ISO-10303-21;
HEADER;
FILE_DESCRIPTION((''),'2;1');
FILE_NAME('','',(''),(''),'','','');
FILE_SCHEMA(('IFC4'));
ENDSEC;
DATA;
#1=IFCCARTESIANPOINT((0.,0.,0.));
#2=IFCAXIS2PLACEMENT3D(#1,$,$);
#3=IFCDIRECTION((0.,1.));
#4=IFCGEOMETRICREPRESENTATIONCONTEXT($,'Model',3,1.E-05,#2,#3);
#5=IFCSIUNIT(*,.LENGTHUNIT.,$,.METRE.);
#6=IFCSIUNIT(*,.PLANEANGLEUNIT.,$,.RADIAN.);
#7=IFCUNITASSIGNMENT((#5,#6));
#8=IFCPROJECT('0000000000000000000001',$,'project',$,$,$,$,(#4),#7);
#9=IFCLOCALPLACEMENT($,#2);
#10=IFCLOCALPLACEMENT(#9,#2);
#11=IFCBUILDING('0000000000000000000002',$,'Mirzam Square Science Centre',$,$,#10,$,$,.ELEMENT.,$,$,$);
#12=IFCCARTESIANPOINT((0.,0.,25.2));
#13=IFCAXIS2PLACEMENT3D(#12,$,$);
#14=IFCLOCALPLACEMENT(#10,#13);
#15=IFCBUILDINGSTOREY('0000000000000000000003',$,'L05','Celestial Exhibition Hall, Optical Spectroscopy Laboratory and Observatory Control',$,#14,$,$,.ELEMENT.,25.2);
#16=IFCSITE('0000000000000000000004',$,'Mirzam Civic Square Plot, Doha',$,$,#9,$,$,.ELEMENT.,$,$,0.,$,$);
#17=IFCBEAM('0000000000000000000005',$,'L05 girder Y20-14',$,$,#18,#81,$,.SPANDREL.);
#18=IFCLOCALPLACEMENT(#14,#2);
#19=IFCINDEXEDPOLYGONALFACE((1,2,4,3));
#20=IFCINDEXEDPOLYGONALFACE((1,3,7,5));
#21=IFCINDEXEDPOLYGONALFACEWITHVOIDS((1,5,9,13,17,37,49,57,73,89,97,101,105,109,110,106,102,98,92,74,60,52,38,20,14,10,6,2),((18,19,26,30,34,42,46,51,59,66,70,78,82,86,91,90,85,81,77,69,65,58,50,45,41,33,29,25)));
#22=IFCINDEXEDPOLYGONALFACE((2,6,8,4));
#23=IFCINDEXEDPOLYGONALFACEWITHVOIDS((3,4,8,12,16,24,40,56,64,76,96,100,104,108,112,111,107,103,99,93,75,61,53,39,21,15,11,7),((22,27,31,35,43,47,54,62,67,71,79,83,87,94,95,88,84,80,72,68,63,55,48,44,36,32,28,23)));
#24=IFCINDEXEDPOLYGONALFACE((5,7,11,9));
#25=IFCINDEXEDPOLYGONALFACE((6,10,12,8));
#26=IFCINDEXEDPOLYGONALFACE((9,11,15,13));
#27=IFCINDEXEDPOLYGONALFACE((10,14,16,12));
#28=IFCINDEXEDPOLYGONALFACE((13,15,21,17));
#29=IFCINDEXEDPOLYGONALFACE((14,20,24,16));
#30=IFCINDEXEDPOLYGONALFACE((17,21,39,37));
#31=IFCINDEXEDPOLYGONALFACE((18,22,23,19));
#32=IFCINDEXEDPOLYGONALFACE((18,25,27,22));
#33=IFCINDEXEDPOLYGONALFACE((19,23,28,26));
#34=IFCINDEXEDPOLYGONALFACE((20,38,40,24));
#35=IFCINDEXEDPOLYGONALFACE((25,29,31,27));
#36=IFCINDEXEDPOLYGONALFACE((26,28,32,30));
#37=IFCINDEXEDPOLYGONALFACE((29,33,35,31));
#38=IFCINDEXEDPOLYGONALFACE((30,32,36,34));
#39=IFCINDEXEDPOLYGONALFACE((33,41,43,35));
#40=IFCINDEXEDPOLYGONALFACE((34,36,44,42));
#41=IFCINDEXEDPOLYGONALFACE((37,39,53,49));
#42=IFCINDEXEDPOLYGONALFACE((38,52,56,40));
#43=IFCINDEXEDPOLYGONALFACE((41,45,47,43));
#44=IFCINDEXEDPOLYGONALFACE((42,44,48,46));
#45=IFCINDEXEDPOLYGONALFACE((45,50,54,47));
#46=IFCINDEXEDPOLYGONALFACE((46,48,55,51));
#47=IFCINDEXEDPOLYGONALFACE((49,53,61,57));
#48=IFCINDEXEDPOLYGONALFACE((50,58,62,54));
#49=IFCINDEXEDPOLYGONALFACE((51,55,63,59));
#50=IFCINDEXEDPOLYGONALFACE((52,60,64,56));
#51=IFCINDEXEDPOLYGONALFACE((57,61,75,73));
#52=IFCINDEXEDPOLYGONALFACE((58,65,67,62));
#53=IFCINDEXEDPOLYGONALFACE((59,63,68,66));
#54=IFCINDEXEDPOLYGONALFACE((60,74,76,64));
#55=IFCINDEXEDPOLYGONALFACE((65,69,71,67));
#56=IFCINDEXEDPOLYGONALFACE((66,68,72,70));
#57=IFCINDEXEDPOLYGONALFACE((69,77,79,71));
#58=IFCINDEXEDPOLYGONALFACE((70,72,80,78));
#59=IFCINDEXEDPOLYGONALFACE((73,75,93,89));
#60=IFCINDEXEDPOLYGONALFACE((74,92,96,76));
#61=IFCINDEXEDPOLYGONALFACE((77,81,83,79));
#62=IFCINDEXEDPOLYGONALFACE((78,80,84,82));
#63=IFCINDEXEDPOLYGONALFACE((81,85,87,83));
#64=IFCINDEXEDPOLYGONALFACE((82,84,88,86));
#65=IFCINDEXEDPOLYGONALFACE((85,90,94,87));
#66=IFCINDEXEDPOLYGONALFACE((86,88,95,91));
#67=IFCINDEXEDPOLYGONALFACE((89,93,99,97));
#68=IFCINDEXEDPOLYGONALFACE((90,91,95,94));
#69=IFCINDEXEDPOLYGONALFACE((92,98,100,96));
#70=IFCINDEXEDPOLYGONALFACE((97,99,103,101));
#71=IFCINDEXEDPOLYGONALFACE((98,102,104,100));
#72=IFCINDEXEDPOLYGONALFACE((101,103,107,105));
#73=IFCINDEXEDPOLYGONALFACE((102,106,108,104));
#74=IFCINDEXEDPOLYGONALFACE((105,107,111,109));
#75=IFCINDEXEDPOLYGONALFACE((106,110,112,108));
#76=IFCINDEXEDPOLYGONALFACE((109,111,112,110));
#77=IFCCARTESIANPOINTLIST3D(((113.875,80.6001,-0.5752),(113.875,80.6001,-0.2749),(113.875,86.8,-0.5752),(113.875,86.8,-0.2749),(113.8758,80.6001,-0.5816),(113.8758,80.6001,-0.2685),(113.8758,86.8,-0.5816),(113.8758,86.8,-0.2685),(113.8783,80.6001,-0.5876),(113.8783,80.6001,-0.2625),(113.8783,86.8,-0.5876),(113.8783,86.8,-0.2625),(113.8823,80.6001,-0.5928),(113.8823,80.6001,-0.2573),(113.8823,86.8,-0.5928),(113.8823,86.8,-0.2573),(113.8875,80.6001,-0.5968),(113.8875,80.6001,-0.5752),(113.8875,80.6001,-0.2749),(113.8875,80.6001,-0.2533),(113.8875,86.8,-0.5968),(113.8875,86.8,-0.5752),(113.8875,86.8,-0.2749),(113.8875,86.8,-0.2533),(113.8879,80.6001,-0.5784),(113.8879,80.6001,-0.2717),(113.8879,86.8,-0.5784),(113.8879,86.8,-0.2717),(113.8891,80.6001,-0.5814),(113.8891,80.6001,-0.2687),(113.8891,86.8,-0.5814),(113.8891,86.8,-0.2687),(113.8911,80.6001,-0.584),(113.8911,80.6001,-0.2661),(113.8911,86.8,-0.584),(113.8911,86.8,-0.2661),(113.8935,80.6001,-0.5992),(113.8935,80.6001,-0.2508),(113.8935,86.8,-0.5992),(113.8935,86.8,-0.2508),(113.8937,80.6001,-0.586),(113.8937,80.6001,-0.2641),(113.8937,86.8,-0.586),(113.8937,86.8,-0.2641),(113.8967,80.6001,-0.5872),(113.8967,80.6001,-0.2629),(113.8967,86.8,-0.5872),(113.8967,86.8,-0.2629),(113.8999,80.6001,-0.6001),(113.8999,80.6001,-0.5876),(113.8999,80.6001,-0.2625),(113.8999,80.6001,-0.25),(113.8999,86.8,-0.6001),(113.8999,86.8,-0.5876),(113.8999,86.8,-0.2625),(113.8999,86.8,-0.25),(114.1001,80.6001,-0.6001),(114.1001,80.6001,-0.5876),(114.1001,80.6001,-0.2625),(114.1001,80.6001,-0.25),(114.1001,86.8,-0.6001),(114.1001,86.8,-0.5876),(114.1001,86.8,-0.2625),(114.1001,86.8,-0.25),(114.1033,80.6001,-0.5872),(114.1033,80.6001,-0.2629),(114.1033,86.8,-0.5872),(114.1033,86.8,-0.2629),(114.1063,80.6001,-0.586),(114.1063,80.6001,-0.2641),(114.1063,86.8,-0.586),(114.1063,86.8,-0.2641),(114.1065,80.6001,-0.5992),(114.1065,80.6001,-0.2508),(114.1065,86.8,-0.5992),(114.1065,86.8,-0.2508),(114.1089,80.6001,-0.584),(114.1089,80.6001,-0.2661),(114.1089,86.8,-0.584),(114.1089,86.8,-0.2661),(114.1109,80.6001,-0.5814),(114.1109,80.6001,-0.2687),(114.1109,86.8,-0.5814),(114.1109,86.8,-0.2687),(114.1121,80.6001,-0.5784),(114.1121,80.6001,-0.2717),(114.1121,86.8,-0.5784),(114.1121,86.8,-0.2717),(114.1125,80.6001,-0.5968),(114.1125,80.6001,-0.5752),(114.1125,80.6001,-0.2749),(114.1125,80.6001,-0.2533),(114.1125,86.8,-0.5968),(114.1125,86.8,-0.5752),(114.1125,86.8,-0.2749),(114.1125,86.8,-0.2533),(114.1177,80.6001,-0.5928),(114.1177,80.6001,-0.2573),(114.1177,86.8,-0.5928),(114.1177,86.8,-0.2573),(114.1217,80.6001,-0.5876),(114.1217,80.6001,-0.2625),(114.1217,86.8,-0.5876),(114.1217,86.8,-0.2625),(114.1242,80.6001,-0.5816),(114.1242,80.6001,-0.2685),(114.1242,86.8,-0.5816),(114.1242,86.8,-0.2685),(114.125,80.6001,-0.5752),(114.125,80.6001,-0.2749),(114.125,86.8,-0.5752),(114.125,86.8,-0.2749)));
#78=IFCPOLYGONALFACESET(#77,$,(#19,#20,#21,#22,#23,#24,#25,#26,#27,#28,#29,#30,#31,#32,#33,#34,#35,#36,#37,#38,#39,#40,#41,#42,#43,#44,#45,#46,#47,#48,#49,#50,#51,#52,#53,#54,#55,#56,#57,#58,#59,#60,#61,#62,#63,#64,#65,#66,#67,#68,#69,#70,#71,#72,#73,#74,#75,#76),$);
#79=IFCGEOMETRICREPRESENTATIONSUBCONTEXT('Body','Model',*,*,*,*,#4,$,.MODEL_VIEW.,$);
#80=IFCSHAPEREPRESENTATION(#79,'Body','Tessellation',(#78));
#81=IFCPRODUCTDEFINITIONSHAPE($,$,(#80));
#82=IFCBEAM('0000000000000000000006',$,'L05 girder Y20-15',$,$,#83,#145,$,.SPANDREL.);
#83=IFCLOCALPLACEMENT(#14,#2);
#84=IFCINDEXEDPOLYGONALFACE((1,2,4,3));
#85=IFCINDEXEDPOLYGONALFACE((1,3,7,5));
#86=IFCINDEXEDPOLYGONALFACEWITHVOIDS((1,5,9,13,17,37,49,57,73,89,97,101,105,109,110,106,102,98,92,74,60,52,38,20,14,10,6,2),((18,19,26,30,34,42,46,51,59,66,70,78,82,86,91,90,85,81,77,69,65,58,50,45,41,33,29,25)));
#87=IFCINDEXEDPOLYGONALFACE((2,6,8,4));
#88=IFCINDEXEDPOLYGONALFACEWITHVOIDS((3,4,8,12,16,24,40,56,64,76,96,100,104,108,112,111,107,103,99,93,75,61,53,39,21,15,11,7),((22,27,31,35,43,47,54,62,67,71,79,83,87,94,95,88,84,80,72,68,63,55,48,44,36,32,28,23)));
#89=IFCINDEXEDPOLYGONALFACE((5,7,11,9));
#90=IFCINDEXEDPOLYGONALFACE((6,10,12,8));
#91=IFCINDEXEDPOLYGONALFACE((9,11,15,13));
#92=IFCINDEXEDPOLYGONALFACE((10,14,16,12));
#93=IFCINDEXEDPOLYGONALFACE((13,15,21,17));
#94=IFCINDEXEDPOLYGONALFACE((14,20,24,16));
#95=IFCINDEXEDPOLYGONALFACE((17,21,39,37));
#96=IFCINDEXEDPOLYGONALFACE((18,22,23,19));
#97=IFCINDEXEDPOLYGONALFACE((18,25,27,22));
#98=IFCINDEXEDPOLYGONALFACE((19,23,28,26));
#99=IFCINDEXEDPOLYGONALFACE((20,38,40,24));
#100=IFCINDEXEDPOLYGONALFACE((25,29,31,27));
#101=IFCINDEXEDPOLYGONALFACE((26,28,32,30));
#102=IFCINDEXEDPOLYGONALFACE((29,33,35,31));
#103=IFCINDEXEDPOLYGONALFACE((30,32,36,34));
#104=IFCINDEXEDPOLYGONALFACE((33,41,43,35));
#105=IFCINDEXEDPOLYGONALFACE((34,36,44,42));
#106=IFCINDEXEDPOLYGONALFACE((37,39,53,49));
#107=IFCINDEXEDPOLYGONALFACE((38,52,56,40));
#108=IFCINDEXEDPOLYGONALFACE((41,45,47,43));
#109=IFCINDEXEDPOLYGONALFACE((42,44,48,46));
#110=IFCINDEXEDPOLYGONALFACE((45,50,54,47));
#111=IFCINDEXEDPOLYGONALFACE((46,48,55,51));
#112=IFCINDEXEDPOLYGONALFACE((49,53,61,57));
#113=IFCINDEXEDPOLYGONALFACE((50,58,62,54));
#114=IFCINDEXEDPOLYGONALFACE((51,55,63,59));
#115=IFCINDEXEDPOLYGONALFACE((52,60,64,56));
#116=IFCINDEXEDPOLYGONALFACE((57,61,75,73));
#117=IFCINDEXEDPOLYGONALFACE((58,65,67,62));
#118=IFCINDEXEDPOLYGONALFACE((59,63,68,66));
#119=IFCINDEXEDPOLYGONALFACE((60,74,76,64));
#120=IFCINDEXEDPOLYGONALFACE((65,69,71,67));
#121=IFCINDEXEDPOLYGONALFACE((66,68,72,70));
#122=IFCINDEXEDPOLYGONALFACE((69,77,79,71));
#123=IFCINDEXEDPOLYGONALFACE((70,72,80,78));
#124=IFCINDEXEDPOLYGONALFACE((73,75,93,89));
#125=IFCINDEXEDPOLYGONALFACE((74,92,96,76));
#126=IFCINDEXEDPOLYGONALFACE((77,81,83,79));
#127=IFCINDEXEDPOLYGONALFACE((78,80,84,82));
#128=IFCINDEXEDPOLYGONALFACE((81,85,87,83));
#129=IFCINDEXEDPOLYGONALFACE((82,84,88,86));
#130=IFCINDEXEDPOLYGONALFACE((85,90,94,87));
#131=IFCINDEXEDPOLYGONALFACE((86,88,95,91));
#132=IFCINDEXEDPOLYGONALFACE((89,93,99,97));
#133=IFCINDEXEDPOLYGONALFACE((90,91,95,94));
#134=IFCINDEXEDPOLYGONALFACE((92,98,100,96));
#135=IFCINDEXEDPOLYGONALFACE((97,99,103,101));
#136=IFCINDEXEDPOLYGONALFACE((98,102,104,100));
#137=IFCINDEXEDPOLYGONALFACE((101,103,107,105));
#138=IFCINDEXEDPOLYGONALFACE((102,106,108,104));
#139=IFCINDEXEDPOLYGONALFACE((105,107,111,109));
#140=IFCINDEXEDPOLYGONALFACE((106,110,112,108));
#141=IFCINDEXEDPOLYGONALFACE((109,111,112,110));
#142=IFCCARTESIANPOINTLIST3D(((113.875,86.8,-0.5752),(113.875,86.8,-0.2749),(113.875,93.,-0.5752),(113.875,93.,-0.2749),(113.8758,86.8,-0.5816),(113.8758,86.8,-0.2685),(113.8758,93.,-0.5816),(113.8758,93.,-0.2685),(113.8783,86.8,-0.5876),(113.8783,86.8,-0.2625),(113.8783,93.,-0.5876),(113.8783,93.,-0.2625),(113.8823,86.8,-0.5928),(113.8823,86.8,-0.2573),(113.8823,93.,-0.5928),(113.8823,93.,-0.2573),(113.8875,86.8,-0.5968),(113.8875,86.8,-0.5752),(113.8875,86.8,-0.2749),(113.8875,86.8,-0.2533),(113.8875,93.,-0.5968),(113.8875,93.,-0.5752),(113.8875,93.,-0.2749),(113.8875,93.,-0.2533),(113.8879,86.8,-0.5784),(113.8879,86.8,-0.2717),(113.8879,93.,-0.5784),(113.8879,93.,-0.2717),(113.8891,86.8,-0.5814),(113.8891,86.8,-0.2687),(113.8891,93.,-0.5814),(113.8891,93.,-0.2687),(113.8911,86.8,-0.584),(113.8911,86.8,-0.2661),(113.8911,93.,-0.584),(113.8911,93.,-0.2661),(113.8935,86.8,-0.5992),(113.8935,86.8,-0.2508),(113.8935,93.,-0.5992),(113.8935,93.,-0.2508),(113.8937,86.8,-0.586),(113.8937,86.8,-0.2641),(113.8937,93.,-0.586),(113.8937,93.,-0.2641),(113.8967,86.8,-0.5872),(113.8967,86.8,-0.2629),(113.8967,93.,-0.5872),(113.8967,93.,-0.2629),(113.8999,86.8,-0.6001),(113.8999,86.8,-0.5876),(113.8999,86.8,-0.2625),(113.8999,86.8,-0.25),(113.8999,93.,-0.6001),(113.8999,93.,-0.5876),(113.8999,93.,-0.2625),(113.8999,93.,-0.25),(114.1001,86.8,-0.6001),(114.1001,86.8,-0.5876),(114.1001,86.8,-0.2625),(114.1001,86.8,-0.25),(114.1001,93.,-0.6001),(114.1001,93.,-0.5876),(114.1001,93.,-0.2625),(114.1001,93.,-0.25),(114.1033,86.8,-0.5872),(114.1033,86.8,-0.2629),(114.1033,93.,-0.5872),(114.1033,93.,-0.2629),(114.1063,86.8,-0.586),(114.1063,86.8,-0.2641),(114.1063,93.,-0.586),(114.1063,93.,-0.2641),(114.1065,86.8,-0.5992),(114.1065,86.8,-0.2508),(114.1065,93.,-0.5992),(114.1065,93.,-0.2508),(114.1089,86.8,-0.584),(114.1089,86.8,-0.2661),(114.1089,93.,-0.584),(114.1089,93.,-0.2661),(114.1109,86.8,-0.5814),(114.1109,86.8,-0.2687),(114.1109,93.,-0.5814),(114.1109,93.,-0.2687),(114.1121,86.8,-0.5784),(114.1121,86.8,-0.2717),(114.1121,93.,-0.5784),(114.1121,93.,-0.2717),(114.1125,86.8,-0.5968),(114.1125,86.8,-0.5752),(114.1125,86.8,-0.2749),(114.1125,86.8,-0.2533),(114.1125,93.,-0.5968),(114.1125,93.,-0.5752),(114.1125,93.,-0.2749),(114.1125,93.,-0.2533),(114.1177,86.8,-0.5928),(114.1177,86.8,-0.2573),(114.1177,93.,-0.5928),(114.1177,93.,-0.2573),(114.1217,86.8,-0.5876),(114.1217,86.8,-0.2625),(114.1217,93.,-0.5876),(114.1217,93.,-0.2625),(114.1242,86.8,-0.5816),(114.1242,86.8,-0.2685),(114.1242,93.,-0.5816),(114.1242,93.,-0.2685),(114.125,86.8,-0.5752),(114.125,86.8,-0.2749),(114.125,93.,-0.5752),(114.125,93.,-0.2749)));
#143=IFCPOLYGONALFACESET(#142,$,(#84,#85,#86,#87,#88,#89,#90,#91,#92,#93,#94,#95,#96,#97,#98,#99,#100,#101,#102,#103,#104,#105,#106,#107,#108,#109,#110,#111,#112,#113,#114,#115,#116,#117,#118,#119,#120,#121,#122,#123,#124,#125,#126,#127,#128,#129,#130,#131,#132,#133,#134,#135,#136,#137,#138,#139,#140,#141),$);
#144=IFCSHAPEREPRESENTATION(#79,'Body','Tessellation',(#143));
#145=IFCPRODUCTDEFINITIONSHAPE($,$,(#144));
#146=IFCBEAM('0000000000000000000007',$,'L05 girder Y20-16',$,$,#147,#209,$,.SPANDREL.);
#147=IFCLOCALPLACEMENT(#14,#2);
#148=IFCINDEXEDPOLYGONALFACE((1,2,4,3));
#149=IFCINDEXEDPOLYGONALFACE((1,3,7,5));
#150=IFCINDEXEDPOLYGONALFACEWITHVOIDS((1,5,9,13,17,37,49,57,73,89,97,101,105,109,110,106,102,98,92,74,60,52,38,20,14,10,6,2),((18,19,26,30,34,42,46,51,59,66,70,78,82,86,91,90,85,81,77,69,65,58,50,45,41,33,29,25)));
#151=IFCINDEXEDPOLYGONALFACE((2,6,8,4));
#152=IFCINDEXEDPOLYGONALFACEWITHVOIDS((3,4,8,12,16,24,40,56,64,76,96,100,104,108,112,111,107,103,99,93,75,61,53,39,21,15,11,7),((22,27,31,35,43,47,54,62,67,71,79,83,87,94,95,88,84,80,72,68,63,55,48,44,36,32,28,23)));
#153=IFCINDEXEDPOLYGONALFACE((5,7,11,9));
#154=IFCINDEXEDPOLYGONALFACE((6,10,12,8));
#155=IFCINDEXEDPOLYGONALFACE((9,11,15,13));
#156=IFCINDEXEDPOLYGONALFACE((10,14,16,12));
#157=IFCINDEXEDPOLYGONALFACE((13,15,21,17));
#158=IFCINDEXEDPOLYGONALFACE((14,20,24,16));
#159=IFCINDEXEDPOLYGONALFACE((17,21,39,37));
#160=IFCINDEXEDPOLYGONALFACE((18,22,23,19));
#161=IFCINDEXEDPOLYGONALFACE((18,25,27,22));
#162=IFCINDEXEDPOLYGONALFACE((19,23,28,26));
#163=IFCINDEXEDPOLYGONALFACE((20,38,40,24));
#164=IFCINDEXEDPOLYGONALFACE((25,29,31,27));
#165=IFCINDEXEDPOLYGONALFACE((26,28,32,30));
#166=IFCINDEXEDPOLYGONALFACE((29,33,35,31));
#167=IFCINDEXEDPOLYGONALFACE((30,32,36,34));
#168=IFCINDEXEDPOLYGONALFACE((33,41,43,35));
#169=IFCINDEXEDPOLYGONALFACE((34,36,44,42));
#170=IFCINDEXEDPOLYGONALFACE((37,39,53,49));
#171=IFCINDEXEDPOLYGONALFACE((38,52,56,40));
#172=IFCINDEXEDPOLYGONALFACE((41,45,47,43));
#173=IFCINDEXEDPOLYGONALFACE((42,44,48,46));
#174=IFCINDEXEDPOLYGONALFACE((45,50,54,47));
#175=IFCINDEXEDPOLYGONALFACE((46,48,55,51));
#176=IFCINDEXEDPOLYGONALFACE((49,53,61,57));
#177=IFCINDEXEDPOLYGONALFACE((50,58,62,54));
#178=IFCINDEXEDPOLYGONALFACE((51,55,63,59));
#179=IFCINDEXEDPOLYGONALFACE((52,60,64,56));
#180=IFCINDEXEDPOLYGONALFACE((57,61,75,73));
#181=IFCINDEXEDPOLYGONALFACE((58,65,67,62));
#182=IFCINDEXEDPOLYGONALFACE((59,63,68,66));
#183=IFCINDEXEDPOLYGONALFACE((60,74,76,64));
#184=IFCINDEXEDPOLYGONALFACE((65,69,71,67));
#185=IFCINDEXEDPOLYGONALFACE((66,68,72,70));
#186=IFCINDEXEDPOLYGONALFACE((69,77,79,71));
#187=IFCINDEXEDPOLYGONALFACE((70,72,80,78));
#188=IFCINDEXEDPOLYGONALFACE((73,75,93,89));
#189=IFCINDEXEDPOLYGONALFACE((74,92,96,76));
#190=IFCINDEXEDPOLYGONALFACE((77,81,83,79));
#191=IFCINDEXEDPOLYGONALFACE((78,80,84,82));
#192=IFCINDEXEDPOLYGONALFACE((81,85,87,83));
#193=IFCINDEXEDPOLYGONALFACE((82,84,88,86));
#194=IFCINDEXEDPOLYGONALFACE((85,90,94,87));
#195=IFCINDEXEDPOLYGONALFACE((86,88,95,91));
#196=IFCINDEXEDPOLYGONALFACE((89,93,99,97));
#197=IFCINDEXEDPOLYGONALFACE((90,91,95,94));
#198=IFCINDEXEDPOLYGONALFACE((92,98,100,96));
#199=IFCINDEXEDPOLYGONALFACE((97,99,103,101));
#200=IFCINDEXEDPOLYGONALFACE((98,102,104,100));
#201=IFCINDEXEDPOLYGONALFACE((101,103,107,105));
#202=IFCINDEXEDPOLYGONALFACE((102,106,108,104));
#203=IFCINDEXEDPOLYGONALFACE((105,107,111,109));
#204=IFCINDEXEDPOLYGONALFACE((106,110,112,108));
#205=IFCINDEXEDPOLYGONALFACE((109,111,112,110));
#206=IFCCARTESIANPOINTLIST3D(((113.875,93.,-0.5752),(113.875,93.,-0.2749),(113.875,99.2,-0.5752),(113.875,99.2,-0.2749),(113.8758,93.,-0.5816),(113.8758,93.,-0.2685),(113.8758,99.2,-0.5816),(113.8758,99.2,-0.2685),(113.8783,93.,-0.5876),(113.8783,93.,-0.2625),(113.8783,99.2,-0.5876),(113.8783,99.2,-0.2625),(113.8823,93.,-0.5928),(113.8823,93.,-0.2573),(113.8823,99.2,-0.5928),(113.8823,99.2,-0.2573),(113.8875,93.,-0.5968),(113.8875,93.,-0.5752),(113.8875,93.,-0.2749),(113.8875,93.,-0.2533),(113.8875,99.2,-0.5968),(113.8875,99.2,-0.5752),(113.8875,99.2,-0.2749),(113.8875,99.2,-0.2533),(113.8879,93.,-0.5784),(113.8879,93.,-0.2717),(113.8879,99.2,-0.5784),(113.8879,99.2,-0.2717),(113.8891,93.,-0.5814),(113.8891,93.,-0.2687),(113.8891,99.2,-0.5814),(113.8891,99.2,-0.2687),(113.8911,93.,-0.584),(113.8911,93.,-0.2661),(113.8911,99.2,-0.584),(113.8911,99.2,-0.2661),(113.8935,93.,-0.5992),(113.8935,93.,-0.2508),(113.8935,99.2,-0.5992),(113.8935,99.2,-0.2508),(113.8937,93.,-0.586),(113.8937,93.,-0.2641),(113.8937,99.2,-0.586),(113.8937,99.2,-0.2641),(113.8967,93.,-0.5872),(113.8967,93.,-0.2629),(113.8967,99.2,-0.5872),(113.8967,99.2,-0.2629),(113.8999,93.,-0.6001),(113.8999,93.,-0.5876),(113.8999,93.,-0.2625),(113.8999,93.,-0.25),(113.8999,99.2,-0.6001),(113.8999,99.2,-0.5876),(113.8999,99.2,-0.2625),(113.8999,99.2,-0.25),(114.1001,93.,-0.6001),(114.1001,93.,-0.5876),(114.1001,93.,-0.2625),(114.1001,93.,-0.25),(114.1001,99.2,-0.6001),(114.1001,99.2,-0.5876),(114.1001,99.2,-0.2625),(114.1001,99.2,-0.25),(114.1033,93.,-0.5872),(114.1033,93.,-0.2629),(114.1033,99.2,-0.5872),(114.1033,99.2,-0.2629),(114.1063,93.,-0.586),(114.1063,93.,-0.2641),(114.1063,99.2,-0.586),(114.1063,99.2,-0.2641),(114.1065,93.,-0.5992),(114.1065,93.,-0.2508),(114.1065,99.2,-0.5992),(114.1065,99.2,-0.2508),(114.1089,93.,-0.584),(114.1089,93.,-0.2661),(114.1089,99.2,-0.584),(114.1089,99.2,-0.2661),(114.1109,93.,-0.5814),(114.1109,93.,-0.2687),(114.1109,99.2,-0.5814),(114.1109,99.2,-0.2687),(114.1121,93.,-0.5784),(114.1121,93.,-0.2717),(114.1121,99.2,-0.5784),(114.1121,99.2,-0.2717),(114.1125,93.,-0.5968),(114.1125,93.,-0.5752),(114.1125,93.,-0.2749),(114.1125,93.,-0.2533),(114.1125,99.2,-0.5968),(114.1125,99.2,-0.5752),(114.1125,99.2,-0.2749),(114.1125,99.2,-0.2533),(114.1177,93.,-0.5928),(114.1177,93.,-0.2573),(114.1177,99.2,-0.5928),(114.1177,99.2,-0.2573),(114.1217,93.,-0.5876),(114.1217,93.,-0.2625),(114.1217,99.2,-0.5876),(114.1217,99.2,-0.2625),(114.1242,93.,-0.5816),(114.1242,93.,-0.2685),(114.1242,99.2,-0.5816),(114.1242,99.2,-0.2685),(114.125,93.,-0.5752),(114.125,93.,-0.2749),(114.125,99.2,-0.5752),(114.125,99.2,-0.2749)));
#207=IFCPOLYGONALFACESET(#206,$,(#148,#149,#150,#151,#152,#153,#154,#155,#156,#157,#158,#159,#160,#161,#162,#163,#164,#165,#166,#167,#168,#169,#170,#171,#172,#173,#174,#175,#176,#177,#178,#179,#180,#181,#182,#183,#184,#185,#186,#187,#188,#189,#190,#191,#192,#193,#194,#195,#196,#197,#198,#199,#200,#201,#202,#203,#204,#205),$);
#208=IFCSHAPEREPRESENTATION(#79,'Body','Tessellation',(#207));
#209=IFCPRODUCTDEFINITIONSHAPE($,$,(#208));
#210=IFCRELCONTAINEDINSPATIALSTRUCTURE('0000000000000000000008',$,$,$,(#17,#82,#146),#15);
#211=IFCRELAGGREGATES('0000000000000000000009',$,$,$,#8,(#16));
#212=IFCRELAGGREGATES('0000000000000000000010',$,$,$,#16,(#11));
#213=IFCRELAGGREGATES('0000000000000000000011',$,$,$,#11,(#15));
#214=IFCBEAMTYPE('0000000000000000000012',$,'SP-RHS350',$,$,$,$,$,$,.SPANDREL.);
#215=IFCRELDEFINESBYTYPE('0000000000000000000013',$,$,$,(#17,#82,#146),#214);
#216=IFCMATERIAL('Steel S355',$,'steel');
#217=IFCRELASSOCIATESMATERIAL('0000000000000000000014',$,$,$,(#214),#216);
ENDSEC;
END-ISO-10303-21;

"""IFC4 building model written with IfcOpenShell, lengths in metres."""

from ifc_helpers import new_model, si_unit, direction, frame, origin, origin_2d, place, context, subcontext, project, spatial, hollow_rectangle, extrude, material, material_profile, profile_set, type_object, element, save


model = new_model("IFC4")

# Units and contexts
model_context = context("Model", 3, precision=1e-05, world=origin(), true_north=direction((0.0, 1.0)))
body_context = subcontext(model_context, "Body", "Model", "MODEL_VIEW")
ifc_project = project(units=[si_unit("LENGTHUNIT", "METRE"), si_unit("PLANEANGLEUNIT", "RADIAN")], contexts=[model_context])

# Site, building, storey
site_placement = place(None, origin())
site = spatial("IfcSite", under=ifc_project, at=site_placement, Name="Mirzam Civic Square Plot, Doha", CompositionType="ELEMENT", RefElevation=0.0)
building_placement = place(site_placement, origin())
building = spatial("IfcBuilding", under=site, at=building_placement, Name="Mirzam Square Science Centre", CompositionType="ELEMENT")
storey_placement = place(building_placement, frame((0.0, 0.0, 25.2)))
storey = spatial("IfcBuildingStorey", under=building, at=storey_placement, Name="L05", Description="Celestial Exhibition Hall, Optical Spectroscopy Laboratory and Observatory Control", CompositionType="ELEMENT", Elevation=25.2)

# Shared definitions
ifc_material_1 = material(Name="Steel S355", Category="steel")

# Beams
ifc_material_profile_1 = material_profile(ifc_material_1, hollow_rectangle(XDim=0.25, YDim=0.3501, WallThickness=0.0125, InnerFilletRadius=0.0125, OuterFilletRadius=0.0249, at=origin_2d()), Name="350x250x12.5RHS")
ifc_profile_set_1 = profile_set([ifc_material_profile_1], Name="Steel S355")
beam_type_1 = type_object("IfcBeamType", Name="SP-RHS350", PredefinedType="SPANDREL", material=ifc_profile_set_1)
for number, where, z_axis, x_axis, name in (
    (1, (114.0, 80.6001, -0.425), (0.0, 1.0, 0.0), (-1.0, 0.0, 0.0), "L05 girder Y20-14"),
    (2, (114.0, 86.8, -0.425), (0.0, 1.0, 0.0), (-1.0, 0.0, 0.0), "L05 girder Y20-15"),
    (3, (114.0, 93.0, -0.425), (0.0, 1.0, 0.0), (-1.0, 0.0, 0.0), "L05 girder Y20-16"),
):
    element("IfcBeam", number, at=place(storey_placement, frame(where, z_axis=z_axis, x_axis=x_axis)), inside=storey, type_object=beam_type_1, Name=name, PredefinedType="SPANDREL", context=body_context, shape_type="SweptSolid", body=[
        extrude(hollow_rectangle(XDim=0.25, YDim=0.3501, WallThickness=0.0125, InnerFilletRadius=0.0125, OuterFilletRadius=0.0249, at=origin_2d()), origin(), (0.0, 0.0, 1.0), 6.2),
    ])

save(model, "model.ifc")
